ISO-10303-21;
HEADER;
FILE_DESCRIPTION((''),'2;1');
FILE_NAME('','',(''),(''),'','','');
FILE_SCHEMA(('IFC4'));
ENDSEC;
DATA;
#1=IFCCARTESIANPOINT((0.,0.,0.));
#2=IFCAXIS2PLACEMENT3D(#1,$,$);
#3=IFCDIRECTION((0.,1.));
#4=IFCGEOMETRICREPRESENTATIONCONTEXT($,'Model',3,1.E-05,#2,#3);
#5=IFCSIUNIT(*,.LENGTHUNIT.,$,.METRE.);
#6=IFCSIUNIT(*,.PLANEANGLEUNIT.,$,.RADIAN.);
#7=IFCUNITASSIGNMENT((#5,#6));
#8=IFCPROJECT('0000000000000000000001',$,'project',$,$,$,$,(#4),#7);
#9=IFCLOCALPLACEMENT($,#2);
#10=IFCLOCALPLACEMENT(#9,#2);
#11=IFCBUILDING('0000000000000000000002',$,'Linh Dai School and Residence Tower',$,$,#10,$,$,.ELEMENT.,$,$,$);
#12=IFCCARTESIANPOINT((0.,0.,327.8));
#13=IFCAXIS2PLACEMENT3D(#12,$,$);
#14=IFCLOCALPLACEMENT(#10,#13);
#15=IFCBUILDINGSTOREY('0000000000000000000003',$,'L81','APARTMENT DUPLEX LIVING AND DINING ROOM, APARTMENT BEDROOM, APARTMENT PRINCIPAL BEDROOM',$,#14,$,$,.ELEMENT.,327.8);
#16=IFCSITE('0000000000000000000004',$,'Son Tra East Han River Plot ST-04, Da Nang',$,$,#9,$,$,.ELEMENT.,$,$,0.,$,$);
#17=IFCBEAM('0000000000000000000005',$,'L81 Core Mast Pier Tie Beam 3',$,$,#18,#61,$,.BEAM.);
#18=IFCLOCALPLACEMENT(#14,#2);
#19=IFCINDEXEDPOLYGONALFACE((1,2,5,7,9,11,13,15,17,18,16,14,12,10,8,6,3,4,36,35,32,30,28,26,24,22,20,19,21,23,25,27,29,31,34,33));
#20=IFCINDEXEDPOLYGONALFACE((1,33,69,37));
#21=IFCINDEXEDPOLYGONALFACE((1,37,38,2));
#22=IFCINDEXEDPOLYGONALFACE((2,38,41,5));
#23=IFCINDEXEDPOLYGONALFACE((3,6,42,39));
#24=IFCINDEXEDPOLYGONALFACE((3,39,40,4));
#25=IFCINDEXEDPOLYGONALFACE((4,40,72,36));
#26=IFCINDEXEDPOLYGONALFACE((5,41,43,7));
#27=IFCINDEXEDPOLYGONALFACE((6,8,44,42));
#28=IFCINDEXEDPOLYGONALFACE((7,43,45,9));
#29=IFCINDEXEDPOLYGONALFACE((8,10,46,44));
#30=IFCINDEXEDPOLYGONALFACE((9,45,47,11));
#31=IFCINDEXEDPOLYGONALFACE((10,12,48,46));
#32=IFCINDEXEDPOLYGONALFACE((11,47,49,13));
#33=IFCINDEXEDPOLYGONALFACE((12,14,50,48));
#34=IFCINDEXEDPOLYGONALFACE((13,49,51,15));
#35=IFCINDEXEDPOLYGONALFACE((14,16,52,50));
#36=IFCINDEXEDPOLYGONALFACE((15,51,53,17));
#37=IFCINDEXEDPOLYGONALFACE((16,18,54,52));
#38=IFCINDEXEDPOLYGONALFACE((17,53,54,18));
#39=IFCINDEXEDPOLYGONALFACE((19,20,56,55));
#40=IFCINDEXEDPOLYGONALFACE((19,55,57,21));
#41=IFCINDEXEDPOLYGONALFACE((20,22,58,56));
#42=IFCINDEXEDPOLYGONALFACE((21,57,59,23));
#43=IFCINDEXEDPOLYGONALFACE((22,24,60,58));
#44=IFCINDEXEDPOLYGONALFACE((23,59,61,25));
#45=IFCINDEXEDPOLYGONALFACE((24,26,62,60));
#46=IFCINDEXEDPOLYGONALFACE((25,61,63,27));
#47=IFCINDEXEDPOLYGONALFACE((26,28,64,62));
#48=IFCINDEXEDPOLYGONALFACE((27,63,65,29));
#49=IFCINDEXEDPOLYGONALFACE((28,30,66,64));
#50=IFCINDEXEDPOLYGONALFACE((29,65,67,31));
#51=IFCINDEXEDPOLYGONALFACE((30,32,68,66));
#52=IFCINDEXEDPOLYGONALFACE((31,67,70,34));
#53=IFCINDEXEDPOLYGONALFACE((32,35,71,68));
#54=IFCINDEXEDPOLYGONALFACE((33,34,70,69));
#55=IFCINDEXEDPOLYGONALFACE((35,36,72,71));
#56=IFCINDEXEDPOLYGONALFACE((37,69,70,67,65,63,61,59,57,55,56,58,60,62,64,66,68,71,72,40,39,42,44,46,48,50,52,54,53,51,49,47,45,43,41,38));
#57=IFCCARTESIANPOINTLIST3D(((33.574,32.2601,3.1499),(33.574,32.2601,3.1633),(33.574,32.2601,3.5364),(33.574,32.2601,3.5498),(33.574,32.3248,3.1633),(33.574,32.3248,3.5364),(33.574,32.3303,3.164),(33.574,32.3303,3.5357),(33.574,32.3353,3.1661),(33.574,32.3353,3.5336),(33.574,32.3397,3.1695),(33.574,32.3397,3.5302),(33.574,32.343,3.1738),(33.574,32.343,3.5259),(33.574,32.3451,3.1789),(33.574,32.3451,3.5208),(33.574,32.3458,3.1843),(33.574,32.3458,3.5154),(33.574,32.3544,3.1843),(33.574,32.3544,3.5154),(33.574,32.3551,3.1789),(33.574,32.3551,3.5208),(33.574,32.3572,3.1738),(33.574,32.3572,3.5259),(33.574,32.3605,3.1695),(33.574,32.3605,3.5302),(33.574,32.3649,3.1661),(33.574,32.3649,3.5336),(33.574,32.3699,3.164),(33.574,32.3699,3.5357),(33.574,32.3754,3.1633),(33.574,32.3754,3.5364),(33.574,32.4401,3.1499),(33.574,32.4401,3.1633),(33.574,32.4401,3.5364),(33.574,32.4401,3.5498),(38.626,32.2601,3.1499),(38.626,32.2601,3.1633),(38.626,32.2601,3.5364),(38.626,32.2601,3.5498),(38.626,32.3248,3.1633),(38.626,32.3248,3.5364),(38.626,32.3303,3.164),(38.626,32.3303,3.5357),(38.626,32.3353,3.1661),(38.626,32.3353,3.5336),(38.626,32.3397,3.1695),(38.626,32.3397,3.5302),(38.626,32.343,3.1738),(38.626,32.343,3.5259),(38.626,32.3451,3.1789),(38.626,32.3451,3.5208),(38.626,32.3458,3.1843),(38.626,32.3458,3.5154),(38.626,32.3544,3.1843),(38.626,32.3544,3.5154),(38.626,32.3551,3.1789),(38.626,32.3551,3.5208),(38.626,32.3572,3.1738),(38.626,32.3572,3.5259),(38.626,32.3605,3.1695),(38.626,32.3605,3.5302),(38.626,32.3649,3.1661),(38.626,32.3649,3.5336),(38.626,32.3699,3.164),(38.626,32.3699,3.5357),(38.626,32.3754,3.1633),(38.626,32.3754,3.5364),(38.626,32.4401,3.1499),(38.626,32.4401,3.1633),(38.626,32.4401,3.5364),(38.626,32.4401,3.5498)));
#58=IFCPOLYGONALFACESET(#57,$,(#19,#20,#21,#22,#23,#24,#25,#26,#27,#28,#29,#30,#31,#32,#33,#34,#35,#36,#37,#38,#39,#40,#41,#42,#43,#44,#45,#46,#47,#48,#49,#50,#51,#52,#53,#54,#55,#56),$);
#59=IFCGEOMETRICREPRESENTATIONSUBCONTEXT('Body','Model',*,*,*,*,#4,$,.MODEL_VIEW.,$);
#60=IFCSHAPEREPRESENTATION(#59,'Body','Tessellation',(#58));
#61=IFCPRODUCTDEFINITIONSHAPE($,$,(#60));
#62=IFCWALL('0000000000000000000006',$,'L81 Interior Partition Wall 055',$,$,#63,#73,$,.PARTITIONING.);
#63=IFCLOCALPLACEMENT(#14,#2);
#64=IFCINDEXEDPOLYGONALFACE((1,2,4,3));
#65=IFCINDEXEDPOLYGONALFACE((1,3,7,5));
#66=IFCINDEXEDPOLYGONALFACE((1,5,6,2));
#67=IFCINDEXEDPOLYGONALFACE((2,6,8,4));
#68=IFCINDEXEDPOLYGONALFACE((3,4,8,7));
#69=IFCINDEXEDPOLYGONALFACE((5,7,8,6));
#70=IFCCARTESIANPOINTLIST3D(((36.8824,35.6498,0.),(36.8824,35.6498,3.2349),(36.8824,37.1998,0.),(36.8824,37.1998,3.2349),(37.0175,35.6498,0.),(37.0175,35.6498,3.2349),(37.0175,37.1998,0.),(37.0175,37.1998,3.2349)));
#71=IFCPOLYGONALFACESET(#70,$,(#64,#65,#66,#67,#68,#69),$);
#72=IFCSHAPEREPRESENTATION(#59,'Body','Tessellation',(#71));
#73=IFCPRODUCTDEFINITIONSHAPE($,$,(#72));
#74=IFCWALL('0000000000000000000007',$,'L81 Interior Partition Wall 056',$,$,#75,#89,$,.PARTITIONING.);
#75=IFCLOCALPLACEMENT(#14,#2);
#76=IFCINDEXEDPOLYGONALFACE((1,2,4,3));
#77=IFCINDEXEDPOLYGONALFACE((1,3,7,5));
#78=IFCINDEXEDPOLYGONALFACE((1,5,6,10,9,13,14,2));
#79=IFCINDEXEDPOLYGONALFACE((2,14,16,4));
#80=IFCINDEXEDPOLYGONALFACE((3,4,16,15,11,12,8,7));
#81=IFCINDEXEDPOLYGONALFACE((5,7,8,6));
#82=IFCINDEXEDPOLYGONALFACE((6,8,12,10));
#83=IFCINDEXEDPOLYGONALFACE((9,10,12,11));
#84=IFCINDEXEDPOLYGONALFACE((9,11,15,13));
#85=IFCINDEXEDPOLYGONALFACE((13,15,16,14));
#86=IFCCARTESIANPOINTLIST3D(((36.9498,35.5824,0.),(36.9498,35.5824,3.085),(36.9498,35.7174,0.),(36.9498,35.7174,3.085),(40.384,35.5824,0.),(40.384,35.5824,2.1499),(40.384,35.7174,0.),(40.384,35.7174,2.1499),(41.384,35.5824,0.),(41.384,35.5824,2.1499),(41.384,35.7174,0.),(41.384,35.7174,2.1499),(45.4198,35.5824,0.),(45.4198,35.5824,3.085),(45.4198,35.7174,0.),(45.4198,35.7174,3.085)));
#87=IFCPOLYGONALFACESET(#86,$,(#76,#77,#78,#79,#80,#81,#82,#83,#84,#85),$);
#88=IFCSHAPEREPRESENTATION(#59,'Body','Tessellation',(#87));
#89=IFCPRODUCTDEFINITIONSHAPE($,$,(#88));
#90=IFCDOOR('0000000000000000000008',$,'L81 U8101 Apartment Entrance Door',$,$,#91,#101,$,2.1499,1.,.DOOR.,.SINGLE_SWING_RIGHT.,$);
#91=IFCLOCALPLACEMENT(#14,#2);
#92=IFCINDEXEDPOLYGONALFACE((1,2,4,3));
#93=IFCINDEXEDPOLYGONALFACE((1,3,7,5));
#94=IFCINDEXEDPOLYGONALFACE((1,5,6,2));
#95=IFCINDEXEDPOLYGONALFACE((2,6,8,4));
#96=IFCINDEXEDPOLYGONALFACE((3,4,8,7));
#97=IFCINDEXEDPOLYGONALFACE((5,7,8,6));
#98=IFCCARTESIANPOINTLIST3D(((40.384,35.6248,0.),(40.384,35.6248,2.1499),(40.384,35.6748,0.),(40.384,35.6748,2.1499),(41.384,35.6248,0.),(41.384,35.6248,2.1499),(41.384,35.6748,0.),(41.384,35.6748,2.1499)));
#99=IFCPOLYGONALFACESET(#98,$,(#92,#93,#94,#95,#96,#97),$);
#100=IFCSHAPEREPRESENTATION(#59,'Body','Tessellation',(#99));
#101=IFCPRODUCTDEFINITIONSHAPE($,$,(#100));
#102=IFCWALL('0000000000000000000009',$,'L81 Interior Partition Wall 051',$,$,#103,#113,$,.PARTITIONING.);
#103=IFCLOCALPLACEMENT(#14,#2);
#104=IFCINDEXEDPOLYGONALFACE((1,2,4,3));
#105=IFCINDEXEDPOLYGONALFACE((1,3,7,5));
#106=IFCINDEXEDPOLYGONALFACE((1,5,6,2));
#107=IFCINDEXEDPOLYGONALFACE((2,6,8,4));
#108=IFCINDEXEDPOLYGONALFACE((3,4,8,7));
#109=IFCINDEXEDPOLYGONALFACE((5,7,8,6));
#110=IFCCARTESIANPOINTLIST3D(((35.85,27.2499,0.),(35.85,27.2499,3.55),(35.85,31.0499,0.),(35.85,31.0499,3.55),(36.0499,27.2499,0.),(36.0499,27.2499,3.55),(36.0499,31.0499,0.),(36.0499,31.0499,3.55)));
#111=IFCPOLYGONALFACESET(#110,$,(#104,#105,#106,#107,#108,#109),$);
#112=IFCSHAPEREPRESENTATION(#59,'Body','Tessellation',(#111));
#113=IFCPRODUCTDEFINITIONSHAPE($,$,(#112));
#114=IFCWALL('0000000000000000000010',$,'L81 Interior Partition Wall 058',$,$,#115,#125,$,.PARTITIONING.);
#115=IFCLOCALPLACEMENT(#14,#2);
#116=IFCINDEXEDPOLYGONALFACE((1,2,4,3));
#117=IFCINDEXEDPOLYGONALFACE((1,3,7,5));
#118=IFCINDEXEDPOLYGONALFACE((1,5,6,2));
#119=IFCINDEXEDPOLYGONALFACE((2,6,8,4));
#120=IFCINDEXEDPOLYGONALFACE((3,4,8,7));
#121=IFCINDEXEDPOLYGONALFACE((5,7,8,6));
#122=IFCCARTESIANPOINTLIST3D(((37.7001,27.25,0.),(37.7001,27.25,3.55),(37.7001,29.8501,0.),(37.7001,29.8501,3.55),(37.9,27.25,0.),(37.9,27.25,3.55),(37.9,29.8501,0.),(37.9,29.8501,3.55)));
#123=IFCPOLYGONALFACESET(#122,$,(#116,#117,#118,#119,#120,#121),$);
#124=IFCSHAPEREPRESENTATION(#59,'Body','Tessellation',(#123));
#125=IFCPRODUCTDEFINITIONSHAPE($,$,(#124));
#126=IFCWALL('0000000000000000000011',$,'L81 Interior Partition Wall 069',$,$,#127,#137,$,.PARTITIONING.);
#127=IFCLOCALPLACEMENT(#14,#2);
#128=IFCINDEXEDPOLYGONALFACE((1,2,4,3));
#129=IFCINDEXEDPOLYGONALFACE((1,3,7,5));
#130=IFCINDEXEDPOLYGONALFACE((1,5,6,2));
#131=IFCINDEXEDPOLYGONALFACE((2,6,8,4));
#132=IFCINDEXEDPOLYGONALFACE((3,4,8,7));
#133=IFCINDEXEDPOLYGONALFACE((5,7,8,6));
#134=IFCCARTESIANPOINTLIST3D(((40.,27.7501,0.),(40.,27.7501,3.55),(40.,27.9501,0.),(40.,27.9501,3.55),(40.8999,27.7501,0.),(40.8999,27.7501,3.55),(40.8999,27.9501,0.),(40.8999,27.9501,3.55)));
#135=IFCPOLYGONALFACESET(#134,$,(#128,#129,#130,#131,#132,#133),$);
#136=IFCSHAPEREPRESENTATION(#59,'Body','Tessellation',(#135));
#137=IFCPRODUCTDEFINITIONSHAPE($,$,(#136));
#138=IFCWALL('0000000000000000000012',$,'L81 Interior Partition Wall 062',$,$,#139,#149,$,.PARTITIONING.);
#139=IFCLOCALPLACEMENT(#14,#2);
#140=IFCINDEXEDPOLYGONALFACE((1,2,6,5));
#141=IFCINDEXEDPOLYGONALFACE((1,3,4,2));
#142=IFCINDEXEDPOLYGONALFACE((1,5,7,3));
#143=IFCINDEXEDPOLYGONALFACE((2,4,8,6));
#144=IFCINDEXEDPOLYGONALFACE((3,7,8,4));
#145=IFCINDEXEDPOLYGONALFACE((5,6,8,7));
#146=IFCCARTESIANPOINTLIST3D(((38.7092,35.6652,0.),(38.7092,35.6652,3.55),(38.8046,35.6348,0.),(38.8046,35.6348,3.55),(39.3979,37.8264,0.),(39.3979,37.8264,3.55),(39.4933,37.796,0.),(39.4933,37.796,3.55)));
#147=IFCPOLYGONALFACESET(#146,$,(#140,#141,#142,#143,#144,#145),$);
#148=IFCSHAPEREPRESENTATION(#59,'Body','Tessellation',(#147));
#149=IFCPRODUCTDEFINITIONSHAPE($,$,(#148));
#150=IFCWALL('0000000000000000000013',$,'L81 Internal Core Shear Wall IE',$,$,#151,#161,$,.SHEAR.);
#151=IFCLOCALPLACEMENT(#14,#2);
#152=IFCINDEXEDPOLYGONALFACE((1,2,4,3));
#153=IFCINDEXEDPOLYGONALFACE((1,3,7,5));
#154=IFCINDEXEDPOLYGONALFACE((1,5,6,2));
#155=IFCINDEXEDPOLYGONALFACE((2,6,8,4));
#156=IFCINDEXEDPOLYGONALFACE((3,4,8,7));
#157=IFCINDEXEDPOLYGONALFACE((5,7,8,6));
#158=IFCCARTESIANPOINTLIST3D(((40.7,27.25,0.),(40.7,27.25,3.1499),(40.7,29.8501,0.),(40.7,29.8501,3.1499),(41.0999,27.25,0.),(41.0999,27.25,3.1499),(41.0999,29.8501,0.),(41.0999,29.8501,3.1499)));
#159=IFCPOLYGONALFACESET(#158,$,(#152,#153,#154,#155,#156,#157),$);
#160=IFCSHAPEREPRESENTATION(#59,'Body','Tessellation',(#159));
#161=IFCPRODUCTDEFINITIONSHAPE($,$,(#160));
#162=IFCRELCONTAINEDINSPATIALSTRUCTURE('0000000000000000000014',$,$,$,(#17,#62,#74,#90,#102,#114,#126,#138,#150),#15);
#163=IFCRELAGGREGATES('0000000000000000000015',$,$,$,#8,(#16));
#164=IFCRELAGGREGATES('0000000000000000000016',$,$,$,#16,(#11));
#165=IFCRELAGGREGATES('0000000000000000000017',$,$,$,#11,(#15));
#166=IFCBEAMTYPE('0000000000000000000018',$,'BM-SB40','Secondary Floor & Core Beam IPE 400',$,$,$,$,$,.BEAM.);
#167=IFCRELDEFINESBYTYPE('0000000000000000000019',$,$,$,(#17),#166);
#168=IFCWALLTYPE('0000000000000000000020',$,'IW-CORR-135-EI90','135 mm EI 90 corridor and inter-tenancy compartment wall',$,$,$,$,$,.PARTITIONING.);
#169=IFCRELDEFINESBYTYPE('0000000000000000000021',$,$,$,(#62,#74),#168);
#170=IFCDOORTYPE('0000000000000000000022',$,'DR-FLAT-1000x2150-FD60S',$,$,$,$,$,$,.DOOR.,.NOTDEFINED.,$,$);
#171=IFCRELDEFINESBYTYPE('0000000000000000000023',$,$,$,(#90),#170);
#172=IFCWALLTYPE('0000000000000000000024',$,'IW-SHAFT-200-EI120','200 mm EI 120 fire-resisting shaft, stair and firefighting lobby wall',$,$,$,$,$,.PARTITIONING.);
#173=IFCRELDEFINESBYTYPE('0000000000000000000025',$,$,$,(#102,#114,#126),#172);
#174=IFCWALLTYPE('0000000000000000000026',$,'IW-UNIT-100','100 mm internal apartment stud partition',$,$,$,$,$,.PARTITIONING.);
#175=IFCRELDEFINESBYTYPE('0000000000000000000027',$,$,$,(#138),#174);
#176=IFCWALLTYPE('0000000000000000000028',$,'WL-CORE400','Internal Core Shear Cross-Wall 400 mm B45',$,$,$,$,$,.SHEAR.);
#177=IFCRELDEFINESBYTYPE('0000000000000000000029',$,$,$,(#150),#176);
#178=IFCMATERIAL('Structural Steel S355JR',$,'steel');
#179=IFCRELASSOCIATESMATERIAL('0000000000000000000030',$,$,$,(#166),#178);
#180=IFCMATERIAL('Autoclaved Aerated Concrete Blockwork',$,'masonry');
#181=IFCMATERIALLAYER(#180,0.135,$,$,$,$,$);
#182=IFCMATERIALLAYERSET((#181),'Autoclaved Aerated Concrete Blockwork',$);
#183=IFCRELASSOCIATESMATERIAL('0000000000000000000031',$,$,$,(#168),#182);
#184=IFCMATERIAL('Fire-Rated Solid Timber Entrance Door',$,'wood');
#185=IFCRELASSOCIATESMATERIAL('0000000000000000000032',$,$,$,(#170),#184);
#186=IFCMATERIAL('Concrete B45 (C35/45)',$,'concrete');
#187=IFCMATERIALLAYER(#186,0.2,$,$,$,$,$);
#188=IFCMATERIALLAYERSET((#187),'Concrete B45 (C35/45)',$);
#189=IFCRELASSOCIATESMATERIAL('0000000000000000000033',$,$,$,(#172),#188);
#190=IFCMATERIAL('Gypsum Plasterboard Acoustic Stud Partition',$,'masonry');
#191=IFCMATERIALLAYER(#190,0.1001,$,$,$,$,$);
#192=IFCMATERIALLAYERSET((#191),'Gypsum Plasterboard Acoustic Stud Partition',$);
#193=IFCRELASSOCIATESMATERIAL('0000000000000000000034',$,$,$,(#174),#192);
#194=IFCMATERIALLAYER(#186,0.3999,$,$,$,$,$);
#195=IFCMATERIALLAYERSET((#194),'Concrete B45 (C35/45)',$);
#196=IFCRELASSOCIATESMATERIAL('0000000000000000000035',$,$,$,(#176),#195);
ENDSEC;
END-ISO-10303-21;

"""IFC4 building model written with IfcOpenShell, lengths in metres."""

from ifc_helpers import new_model, si_unit, direction, frame, frame_2d, origin, origin_2d, place, context, subcontext, project, spatial, rectangle, i_section, extrude, source, transform, mapped, material, layer, layer_set, material_profile, profile_set, type_object, element, fill, save


model = new_model("IFC4")

# Units and contexts
model_context = context("Model", 3, precision=1e-05, world=origin(), true_north=direction((0.0, 1.0)))
body_context = subcontext(model_context, "Body", "Model", "MODEL_VIEW")
ifc_project = project(units=[si_unit("LENGTHUNIT", "METRE"), si_unit("PLANEANGLEUNIT", "RADIAN")], contexts=[model_context])

# Site, building, storey
site_placement = place(None, origin())
site = spatial("IfcSite", under=ifc_project, at=site_placement, Name="Son Tra East Han River Plot ST-04, Da Nang", CompositionType="ELEMENT", RefElevation=0.0)
building_placement = place(site_placement, origin())
building = spatial("IfcBuilding", under=site, at=building_placement, Name="Linh Dai School and Residence Tower", CompositionType="ELEMENT")
storey_placement = place(building_placement, frame((0.0, 0.0, 327.8)))
storey = spatial("IfcBuildingStorey", under=building, at=storey_placement, Name="L81", Description="APARTMENT DUPLEX LIVING AND DINING ROOM, APARTMENT BEDROOM, APARTMENT PRINCIPAL BEDROOM", CompositionType="ELEMENT", Elevation=327.8)

# Shared definitions
ifc_material_1 = material(Name="Structural Steel S355JR", Category="steel")

# Beam
ifc_material_profile_1 = material_profile(ifc_material_1, i_section(OverallWidth=0.1799, OverallDepth=0.3999, WebThickness=0.0085, FlangeThickness=0.0134, FilletRadius=0.021, at=origin_2d()), Name="IPE 400")
ifc_profile_set_1 = profile_set([ifc_material_profile_1], Name="Structural Steel S355JR")
beam_type_1 = type_object("IfcBeamType", Name="BM-SB40", Description="Secondary Floor & Core Beam IPE 400", PredefinedType="BEAM", material=ifc_profile_set_1)
beam_1_placement = place(storey_placement, frame((38.626, 32.3501, 3.3499), z_axis=(-1.0, 0.0, 0.0), x_axis=(0.0, -1.0, 0.0)))
element("IfcBeam", 1, at=beam_1_placement, inside=storey, type_object=beam_type_1, Name="L81 Core Mast Pier Tie Beam 3", PredefinedType="BEAM", context=body_context, shape_type="SweptSolid", body=[
    extrude(i_section(OverallWidth=0.1799, OverallDepth=0.3999, WebThickness=0.0085, FlangeThickness=0.0134, FilletRadius=0.021, at=origin_2d()), origin(), (0.0, 0.0, 1.0), 5.052),
])

# Wall
ifc_material_2 = material(Name="Autoclaved Aerated Concrete Blockwork", Category="masonry")
ifc_layer_1 = layer(ifc_material_2, 0.135)
ifc_layer_set_1 = layer_set([ifc_layer_1], Name="Autoclaved Aerated Concrete Blockwork")
wall_type_1 = type_object("IfcWallType", Name="IW-CORR-135-EI90", Description="135 mm EI 90 corridor and inter-tenancy compartment wall", PredefinedType="PARTITIONING", material=ifc_layer_set_1)
wall_1_placement = place(storey_placement, frame((36.95, 35.6499, 0.0), z_axis=(0.0, 0.0, 1.0), x_axis=(0.0, 1.0, 0.0)))
element("IfcWall", 2, at=wall_1_placement, inside=storey, type_object=wall_type_1, Name="L81 Interior Partition Wall 055", PredefinedType="PARTITIONING", context=body_context, shape_type="SweptSolid", body=[
    extrude(rectangle(XDim=1.55, YDim=0.135, at=frame_2d((0.7749, 0.0))), origin(), (0.0, 0.0, 1.0), 3.2349),
])

# Wall, opening, door
wall_2_placement = place(storey_placement, frame((36.95, 35.6499, 0.0), z_axis=(0.0, 0.0, 1.0), x_axis=(1.0, 0.0, 0.0)))
wall_2 = element("IfcWall", 3, at=wall_2_placement, inside=storey, type_object=wall_type_1, Name="L81 Interior Partition Wall 056", PredefinedType="PARTITIONING", context=body_context, shape_type="SweptSolid", body=[
    extrude(rectangle(XDim=8.47, YDim=0.135, at=frame_2d((4.2349, 0.0))), origin(), (0.0, 0.0, 1.0), 3.085),
])
opening_1_placement = place(wall_2_placement, frame((3.4341, 0.0, 0.0)))
opening_1 = element("IfcOpeningElement", 4, at=opening_1_placement, cuts=wall_2, PredefinedType="OPENING", context=body_context, shape_type="SweptSolid", body=[
    extrude(rectangle(XDim=1.0, YDim=2.1499, at=origin_2d()), frame((0.5, 0.0776, 1.075), z_axis=(0.0, -1.0, 0.0), x_axis=(1.0, 0.0, 0.0)), (0.0, 0.0, 1.0), 0.155),
])
ifc_material_3 = material(Name="Fire-Rated Solid Timber Entrance Door", Category="wood")
door_type_1 = type_object("IfcDoorType", Name="DR-FLAT-1000x2150-FD60S", OperationType="NOTDEFINED", PredefinedType="DOOR", material=ifc_material_3)
shared_shape_1 = source(origin(), body_context, "Body", "SweptSolid", [
    extrude(rectangle(XDim=1.0, YDim=2.1499, at=origin_2d()), frame((0.5, 0.0249, 1.075), z_axis=(0.0, -1.0, 0.0), x_axis=(1.0, 0.0, 0.0)), (0.0, 0.0, 1.0), 0.05),
])
door_1_placement = place(opening_1_placement, origin())
door_1 = element("IfcDoor", 5, at=door_1_placement, inside=storey, type_object=door_type_1, Name="L81 U8101 Apartment Entrance Door", OperationType="SINGLE_SWING_RIGHT", OverallHeight=2.1499, OverallWidth=1.0, PredefinedType="DOOR", context=body_context, shape_type="MappedRepresentation", body=[
    mapped(shared_shape_1, transform((0.0, 0.0, 0.0), x_axis=(1.0, 0.0, 0.0), y_axis=(0.0, 1.0, 0.0), z_axis=(0.0, 0.0, 1.0), scale=1.0)),
])
fill(opening_1, door_1)

# Wall
ifc_material_4 = material(Name="Concrete B45 (C35/45)", Category="concrete")
ifc_layer_2 = layer(ifc_material_4, 0.2)
ifc_layer_set_2 = layer_set([ifc_layer_2], Name="Concrete B45 (C35/45)")
wall_type_2 = type_object("IfcWallType", Name="IW-SHAFT-200-EI120", Description="200 mm EI 120 fire-resisting shaft, stair and firefighting lobby wall", PredefinedType="PARTITIONING", material=ifc_layer_set_2)
wall_3_placement = place(storey_placement, frame((35.95, 27.25, 0.0), z_axis=(0.0, 0.0, 1.0), x_axis=(0.0, 1.0, 0.0)))
element("IfcWall", 6, at=wall_3_placement, inside=storey, type_object=wall_type_2, Name="L81 Interior Partition Wall 051", PredefinedType="PARTITIONING", context=body_context, shape_type="SweptSolid", body=[
    extrude(rectangle(XDim=3.8, YDim=0.2, at=frame_2d((1.8999, 0.0))), origin(), (0.0, 0.0, 1.0), 3.55),
])

# Walls
wall_4_placement = place(storey_placement, frame((37.8, 27.25, 0.0), z_axis=(0.0, 0.0, 1.0), x_axis=(0.0, 1.0, 0.0)))
element("IfcWall", 7, at=wall_4_placement, inside=storey, type_object=wall_type_2, Name="L81 Interior Partition Wall 058", PredefinedType="PARTITIONING", context=body_context, shape_type="SweptSolid", body=[
    extrude(rectangle(XDim=2.6001, YDim=0.2, at=frame_2d((1.3, 0.0))), origin(), (0.0, 0.0, 1.0), 3.55),
])
wall_5_placement = place(storey_placement, frame((40.0, 27.8501, 0.0), z_axis=(0.0, 0.0, 1.0), x_axis=(1.0, 0.0, 0.0)))
element("IfcWall", 8, at=wall_5_placement, inside=storey, type_object=wall_type_2, Name="L81 Interior Partition Wall 069", PredefinedType="PARTITIONING", context=body_context, shape_type="SweptSolid", body=[
    extrude(rectangle(XDim=0.8999, YDim=0.2, at=frame_2d((0.45, 0.0))), origin(), (0.0, 0.0, 1.0), 3.55),
])
ifc_material_5 = material(Name="Gypsum Plasterboard Acoustic Stud Partition", Category="masonry")
ifc_layer_3 = layer(ifc_material_5, 0.1001)
ifc_layer_set_3 = layer_set([ifc_layer_3], Name="Gypsum Plasterboard Acoustic Stud Partition")
wall_type_3 = type_object("IfcWallType", Name="IW-UNIT-100", Description="100 mm internal apartment stud partition", PredefinedType="PARTITIONING", material=ifc_layer_set_3)
wall_6_placement = place(storey_placement, frame((38.7568, 35.6499, 0.0), z_axis=(0.0, 0.0, 1.0), x_axis=(0.303639, 0.952787, 0.0)))
element("IfcWall", 9, at=wall_6_placement, inside=storey, type_object=wall_type_3, Name="L81 Interior Partition Wall 062", PredefinedType="PARTITIONING", context=body_context, shape_type="SweptSolid", body=[
    extrude(rectangle(XDim=2.2683, YDim=0.1001, at=frame_2d((1.1343, 0.0))), origin(), (0.0, 0.0, 1.0), 3.55),
])
ifc_layer_4 = layer(ifc_material_4, 0.3999)
ifc_layer_set_4 = layer_set([ifc_layer_4], Name="Concrete B45 (C35/45)")
wall_type_4 = type_object("IfcWallType", Name="WL-CORE400", Description="Internal Core Shear Cross-Wall 400 mm B45", PredefinedType="SHEAR", material=ifc_layer_set_4)
wall_7_placement = place(storey_placement, frame((40.8999, 27.25, 0.0), z_axis=(0.0, 0.0, 1.0), x_axis=(0.0, 1.0, 0.0)))
element("IfcWall", 10, at=wall_7_placement, inside=storey, type_object=wall_type_4, Name="L81 Internal Core Shear Wall IE", PredefinedType="SHEAR", context=body_context, shape_type="SweptSolid", body=[
    extrude(rectangle(XDim=2.6001, YDim=0.3999, at=frame_2d((1.3, 0.0))), origin(), (0.0, 0.0, 1.0), 3.1499),
])

save(model, "model.ifc")
